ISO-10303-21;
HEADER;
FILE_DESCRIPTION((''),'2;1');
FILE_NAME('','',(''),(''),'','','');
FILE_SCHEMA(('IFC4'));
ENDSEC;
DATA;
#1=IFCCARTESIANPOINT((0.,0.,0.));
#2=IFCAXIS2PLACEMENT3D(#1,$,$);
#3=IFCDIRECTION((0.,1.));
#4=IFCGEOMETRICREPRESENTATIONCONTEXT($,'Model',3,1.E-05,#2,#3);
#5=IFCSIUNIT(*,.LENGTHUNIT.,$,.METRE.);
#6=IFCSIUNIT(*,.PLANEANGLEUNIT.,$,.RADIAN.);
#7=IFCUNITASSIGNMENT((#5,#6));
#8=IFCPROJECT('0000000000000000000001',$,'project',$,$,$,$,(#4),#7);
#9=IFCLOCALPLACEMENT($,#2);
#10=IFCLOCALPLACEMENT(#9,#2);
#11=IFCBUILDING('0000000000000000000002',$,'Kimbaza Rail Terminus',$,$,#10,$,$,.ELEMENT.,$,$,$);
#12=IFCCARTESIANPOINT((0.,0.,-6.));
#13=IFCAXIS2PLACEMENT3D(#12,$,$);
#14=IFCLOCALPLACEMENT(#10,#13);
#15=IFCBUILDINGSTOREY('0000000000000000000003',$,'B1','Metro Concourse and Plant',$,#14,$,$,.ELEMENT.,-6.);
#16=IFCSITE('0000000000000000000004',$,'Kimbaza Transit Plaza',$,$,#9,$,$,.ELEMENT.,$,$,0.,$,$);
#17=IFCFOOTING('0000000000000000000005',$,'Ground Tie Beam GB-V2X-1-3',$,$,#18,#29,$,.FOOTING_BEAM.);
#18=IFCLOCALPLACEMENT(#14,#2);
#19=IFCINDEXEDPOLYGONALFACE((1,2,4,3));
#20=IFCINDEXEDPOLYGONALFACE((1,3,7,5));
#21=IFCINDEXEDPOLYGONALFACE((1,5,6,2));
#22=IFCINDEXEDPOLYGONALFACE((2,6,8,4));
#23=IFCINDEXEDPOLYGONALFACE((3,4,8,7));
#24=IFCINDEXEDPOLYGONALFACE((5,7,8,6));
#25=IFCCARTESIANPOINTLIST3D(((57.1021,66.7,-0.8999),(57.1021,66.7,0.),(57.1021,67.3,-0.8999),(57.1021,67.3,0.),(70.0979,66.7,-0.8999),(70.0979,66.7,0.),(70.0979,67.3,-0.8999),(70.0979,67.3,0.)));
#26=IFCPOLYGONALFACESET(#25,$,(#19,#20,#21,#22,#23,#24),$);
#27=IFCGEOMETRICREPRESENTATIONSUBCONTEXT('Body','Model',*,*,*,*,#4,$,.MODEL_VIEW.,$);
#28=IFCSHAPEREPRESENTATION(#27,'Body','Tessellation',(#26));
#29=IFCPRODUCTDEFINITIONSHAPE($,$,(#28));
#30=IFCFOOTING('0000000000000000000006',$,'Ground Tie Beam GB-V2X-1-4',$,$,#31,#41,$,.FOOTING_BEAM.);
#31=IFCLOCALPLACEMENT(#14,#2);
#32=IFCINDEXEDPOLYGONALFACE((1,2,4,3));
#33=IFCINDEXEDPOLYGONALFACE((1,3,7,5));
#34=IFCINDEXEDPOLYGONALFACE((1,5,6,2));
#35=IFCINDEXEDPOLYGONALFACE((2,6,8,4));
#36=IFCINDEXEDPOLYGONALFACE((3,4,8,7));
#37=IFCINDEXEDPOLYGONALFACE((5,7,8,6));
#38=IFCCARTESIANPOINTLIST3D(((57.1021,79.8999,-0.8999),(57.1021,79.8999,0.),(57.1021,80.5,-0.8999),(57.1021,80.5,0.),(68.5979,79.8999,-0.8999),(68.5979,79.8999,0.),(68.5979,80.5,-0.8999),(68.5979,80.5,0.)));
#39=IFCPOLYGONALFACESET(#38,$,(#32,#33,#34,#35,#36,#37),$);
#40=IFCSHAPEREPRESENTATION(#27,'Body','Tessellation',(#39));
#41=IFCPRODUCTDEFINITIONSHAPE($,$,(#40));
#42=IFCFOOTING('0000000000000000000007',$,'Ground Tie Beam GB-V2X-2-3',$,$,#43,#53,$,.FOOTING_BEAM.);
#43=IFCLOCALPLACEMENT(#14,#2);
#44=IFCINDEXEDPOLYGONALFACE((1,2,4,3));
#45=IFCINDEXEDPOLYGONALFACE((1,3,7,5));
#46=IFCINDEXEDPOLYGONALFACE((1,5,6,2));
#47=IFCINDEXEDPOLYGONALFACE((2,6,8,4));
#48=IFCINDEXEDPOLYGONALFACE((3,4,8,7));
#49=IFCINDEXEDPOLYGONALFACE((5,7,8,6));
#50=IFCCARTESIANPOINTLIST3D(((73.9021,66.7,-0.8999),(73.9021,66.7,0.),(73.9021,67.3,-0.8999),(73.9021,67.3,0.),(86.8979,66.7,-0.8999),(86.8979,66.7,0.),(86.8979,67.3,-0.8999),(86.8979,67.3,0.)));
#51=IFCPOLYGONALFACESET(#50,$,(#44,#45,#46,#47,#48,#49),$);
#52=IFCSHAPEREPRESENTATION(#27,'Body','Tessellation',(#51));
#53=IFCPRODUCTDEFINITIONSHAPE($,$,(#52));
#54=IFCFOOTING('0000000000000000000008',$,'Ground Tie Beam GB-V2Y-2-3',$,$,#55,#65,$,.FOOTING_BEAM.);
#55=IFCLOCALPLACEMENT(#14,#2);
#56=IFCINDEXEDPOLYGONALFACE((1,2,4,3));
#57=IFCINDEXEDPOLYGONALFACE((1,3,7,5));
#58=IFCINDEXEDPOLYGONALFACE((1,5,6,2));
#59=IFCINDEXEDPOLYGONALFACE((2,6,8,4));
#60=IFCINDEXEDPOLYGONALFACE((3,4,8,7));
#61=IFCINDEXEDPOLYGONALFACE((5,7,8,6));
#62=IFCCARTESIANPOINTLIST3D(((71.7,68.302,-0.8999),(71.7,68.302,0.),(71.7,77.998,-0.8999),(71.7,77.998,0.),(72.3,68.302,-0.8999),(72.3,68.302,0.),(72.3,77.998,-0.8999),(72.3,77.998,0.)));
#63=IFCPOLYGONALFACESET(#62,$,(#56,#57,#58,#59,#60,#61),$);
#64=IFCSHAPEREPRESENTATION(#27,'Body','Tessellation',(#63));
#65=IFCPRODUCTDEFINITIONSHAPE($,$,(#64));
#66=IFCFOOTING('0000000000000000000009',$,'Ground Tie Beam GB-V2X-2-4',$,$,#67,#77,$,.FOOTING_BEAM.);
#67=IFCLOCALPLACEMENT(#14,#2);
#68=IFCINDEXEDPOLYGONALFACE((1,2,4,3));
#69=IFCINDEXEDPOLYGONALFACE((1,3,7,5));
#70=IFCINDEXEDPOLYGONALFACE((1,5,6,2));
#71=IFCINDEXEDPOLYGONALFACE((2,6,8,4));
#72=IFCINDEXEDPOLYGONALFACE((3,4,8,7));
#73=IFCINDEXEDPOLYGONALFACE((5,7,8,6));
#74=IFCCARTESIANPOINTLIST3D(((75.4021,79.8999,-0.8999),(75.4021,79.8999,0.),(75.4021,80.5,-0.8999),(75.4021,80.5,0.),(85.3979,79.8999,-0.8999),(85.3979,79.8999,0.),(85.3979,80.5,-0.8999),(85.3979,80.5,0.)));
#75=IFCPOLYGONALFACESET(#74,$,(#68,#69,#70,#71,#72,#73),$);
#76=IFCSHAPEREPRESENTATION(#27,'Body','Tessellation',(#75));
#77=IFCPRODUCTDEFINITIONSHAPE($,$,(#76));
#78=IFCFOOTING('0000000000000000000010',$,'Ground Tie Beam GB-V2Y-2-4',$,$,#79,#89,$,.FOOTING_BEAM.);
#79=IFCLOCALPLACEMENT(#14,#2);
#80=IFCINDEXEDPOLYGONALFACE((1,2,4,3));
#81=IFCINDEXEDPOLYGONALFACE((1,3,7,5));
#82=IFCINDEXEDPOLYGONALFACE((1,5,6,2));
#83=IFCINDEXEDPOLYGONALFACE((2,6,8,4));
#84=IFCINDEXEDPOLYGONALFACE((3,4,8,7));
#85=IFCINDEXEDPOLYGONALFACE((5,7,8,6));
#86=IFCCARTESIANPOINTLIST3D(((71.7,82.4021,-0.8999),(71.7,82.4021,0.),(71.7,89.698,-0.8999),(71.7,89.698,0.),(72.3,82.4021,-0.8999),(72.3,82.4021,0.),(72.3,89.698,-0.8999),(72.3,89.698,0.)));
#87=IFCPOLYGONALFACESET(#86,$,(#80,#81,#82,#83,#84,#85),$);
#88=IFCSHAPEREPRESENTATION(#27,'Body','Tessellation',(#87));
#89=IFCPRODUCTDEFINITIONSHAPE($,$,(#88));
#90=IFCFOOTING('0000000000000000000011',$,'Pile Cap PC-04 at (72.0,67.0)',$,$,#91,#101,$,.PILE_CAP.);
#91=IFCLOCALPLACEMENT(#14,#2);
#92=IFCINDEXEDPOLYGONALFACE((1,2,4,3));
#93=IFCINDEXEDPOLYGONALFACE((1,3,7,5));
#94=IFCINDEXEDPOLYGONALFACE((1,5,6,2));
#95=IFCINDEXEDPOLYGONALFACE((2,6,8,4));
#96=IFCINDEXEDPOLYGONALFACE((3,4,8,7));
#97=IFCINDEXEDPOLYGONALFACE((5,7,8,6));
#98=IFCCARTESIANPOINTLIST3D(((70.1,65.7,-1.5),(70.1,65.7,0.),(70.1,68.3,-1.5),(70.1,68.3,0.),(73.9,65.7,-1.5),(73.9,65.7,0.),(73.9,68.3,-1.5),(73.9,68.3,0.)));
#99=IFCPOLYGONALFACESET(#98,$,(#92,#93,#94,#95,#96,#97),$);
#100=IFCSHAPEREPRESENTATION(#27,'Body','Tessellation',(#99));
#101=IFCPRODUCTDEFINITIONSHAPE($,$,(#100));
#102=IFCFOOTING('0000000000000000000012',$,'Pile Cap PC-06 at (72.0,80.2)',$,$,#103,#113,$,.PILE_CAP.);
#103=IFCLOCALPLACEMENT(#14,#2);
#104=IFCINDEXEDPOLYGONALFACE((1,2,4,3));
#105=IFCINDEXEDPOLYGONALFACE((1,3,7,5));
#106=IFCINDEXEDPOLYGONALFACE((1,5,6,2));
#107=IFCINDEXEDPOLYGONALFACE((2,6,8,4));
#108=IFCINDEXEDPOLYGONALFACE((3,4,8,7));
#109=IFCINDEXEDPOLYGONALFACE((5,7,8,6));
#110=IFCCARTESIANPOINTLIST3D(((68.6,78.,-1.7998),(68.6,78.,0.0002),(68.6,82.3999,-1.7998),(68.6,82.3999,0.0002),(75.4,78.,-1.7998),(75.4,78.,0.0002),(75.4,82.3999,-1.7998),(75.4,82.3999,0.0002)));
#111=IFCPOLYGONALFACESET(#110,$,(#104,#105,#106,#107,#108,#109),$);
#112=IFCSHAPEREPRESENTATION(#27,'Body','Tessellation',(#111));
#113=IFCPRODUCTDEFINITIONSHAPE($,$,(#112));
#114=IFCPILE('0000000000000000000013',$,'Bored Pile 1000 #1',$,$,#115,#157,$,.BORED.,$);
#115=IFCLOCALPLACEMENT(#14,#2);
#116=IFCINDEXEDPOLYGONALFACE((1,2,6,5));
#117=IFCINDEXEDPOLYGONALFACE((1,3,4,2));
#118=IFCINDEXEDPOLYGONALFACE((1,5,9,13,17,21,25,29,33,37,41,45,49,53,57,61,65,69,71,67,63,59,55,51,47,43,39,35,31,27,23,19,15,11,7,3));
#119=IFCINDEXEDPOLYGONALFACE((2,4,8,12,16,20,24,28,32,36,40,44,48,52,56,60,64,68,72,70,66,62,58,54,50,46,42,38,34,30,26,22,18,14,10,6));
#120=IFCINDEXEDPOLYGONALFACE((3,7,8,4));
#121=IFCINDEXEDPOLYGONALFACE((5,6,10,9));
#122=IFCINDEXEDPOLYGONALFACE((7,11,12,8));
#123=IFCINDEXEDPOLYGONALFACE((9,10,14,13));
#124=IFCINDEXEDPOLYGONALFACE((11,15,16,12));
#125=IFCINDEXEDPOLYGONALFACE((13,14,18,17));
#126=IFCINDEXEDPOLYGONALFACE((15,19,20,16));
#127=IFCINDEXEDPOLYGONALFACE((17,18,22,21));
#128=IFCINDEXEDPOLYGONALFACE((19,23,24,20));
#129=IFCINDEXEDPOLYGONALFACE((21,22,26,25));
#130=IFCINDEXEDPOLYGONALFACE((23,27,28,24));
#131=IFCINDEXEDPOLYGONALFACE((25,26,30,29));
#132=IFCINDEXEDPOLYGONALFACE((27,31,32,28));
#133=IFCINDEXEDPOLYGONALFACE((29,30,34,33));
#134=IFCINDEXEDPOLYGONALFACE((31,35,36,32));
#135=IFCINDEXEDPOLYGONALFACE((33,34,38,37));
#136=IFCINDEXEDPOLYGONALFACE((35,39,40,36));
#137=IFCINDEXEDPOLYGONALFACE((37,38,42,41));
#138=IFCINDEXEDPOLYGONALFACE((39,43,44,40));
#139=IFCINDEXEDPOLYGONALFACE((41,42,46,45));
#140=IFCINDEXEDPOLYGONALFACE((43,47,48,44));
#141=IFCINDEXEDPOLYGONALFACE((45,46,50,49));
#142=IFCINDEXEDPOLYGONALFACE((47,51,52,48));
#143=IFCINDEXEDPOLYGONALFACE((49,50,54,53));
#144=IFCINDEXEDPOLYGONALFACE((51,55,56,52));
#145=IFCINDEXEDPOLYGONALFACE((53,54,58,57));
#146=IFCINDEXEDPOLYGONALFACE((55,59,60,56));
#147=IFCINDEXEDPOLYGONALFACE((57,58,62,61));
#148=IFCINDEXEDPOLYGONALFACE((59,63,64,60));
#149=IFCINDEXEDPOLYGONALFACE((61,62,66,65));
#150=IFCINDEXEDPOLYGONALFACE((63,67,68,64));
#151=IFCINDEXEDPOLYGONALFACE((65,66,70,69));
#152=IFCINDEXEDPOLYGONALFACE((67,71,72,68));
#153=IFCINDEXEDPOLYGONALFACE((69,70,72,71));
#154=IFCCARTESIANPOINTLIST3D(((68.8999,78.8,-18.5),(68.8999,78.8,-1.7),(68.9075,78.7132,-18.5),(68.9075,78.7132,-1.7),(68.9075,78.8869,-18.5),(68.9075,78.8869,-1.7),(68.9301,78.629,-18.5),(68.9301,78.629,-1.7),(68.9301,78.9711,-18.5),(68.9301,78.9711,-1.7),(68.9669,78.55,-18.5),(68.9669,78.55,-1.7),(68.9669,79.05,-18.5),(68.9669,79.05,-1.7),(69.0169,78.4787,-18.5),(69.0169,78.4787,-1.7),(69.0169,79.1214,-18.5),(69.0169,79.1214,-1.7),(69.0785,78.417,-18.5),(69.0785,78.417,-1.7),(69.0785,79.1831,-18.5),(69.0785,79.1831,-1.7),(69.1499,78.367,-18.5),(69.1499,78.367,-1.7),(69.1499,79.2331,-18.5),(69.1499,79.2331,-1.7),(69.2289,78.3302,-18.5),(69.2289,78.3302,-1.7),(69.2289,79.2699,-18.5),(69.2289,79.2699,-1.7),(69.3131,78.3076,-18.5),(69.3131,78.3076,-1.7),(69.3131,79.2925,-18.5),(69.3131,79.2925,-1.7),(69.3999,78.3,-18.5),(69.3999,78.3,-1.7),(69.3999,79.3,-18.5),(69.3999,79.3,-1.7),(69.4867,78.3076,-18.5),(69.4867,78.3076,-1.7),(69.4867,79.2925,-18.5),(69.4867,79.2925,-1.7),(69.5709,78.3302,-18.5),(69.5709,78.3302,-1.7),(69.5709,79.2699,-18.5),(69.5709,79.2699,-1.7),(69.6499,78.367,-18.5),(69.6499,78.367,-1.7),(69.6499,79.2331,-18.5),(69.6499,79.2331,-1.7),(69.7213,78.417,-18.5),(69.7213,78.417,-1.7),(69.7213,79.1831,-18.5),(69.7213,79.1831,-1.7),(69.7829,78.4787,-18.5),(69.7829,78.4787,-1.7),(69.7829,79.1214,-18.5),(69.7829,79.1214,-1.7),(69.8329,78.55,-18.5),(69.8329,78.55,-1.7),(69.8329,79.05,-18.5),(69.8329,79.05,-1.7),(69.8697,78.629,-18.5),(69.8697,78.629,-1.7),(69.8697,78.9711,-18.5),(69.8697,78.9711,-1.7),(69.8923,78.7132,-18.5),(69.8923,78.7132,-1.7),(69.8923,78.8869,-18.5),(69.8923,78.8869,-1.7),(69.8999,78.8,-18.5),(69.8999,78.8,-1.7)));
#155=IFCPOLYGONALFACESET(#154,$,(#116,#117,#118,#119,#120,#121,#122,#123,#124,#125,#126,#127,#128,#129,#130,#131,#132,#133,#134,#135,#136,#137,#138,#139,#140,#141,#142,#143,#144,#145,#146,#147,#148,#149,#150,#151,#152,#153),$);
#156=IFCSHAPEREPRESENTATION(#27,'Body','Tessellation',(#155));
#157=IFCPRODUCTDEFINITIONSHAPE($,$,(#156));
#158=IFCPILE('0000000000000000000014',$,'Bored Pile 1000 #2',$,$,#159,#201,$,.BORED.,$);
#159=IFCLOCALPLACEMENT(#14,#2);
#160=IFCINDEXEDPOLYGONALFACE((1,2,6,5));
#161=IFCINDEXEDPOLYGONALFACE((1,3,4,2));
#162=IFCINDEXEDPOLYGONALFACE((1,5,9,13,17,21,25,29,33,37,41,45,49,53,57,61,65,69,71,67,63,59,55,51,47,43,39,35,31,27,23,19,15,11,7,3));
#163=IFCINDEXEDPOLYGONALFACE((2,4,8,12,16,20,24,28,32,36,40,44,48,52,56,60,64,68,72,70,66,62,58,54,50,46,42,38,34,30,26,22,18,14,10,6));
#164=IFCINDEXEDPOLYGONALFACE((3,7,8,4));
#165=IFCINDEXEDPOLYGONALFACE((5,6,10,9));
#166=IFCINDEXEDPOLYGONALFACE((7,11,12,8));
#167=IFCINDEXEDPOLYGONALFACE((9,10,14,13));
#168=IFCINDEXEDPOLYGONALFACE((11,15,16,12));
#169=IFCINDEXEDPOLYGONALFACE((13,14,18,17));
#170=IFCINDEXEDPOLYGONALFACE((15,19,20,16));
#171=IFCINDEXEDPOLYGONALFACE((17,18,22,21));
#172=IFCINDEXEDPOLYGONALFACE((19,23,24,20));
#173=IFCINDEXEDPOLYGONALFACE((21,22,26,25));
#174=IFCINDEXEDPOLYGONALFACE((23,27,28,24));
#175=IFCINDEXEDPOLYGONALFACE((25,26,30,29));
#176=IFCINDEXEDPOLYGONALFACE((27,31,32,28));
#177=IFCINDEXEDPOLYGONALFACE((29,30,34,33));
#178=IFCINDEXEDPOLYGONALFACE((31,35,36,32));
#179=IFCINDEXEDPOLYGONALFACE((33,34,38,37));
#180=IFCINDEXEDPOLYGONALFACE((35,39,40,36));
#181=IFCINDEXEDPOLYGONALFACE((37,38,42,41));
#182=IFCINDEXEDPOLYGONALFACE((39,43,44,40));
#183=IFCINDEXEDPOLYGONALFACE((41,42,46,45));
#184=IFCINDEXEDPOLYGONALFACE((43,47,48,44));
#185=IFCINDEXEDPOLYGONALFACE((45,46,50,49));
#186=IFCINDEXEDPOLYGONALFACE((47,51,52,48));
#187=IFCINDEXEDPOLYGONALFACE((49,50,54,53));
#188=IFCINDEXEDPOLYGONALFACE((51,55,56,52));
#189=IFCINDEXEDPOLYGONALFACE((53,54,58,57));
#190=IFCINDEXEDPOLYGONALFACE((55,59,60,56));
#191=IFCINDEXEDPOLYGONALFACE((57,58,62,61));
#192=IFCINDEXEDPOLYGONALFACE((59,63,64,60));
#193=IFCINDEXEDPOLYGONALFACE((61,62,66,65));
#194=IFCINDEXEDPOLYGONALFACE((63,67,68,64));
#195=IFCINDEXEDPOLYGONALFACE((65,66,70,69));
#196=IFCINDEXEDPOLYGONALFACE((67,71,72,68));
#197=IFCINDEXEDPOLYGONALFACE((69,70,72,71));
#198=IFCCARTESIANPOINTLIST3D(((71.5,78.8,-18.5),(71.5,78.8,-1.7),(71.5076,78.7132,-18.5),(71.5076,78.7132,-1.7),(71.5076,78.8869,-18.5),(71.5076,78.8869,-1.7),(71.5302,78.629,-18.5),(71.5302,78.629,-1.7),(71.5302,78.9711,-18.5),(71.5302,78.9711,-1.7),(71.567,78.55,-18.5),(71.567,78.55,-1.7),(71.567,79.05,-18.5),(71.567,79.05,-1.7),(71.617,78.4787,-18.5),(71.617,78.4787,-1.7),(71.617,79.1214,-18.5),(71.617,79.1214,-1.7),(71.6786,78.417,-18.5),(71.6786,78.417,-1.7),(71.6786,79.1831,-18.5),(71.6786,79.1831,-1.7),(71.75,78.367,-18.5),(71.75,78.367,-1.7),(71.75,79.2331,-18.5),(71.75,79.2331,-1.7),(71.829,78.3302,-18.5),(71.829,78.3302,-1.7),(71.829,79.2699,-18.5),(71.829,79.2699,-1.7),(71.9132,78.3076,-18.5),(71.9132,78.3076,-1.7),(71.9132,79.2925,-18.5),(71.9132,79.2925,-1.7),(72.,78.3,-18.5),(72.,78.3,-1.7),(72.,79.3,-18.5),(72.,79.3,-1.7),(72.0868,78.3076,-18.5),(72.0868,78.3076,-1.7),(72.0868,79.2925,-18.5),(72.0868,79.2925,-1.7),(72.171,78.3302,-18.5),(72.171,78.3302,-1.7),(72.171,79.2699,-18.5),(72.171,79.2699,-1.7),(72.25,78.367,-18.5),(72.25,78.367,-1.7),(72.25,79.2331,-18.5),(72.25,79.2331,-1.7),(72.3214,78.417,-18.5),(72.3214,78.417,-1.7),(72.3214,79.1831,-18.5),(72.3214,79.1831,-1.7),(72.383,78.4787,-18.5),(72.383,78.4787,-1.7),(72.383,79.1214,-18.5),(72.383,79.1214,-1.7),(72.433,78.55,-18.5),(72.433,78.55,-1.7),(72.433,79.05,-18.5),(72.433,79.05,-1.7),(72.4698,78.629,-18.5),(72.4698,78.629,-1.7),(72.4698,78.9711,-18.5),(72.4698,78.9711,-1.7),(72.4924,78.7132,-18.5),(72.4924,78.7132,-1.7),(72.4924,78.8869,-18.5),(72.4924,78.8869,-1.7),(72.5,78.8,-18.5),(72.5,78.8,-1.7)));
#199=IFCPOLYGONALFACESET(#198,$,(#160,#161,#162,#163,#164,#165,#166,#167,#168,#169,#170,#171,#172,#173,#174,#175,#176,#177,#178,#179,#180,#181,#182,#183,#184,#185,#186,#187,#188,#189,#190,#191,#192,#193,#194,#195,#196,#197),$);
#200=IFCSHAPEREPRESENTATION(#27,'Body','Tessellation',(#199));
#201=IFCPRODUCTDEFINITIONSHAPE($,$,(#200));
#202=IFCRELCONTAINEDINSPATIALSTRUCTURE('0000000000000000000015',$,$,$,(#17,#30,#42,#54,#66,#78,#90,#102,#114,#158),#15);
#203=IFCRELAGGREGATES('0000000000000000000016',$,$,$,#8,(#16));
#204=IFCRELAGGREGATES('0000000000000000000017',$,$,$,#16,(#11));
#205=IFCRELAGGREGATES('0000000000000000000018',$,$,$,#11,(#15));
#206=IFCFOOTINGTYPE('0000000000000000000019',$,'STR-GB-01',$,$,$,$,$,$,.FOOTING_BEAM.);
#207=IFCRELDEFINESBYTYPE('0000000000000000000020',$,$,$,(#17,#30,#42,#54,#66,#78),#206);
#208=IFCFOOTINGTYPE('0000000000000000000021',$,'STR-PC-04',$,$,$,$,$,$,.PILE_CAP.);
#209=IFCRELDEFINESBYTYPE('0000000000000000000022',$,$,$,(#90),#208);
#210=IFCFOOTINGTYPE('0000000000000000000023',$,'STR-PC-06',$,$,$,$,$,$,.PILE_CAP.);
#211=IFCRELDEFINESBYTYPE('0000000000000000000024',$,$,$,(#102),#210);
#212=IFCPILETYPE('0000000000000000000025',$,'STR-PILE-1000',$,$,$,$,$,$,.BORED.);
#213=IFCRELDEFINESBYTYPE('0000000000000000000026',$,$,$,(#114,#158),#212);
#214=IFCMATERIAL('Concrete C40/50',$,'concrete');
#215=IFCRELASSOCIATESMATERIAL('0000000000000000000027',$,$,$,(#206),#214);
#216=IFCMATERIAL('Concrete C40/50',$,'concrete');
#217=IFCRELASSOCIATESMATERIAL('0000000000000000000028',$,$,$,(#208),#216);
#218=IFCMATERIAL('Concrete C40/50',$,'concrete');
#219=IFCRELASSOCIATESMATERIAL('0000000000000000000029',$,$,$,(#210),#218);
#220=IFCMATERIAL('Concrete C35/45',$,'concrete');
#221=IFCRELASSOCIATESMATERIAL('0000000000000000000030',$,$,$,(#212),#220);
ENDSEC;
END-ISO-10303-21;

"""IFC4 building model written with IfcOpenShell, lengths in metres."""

from ifc_helpers import new_model, si_unit, direction, frame, origin, origin_2d, place, context, subcontext, project, spatial, rectangle, circle, extrude, material, material_profile, profile_set, type_object, element, save


model = new_model("IFC4")

# Units and contexts
model_context = context("Model", 3, precision=1e-05, world=origin(), true_north=direction((0.0, 1.0)))
body_context = subcontext(model_context, "Body", "Model", "MODEL_VIEW")
ifc_project = project(units=[si_unit("LENGTHUNIT", "METRE"), si_unit("PLANEANGLEUNIT", "RADIAN")], contexts=[model_context])

# Site, building, storey
site_placement = place(None, origin())
site = spatial("IfcSite", under=ifc_project, at=site_placement, Name="Kimbaza Transit Plaza", CompositionType="ELEMENT", RefElevation=0.0)
building_placement = place(site_placement, origin())
building = spatial("IfcBuilding", under=site, at=building_placement, Name="Kimbaza Rail Terminus", CompositionType="ELEMENT")
storey_placement = place(building_placement, frame((0.0, 0.0, -6.0)))
storey = spatial("IfcBuildingStorey", under=building, at=storey_placement, Name="B1", Description="Metro Concourse and Plant", CompositionType="ELEMENT", Elevation=-6.0)

# Footings
ifc_material_1 = material(Name="Concrete C40/50", Category="concrete")
ifc_material_profile_1 = material_profile(ifc_material_1, rectangle(XDim=0.6001, YDim=0.8999, at=origin_2d()), Name="GB-01 600x900")
ifc_profile_set_1 = profile_set([ifc_material_profile_1], Name="Concrete C40/50")
footing_type_1 = type_object("IfcFootingType", Name="STR-GB-01", PredefinedType="FOOTING_BEAM", material=ifc_profile_set_1)
footing_1_placement = place(storey_placement, frame((57.1021, 67.0, -0.45), z_axis=(1.0, 0.0, 0.0), x_axis=(0.0, 1.0, 0.0)))
element("IfcFooting", 1, at=footing_1_placement, inside=storey, type_object=footing_type_1, Name="Ground Tie Beam GB-V2X-1-3", PredefinedType="FOOTING_BEAM", context=body_context, shape_type="SweptSolid", body=[
    extrude(rectangle(XDim=0.6001, YDim=0.8999, at=origin_2d()), origin(), (0.0, 0.0, 1.0), 12.9958),
])
footing_2_placement = place(storey_placement, frame((57.1021, 80.2, -0.45), z_axis=(1.0, 0.0, 0.0), x_axis=(0.0, 1.0, 0.0)))
element("IfcFooting", 2, at=footing_2_placement, inside=storey, type_object=footing_type_1, Name="Ground Tie Beam GB-V2X-1-4", PredefinedType="FOOTING_BEAM", context=body_context, shape_type="SweptSolid", body=[
    extrude(rectangle(XDim=0.6001, YDim=0.8999, at=origin_2d()), origin(), (0.0, 0.0, 1.0), 11.4958),
])
footing_3_placement = place(storey_placement, frame((73.9021, 67.0, -0.45), z_axis=(1.0, 0.0, 0.0), x_axis=(0.0, 1.0, 0.0)))
element("IfcFooting", 3, at=footing_3_placement, inside=storey, type_object=footing_type_1, Name="Ground Tie Beam GB-V2X-2-3", PredefinedType="FOOTING_BEAM", context=body_context, shape_type="SweptSolid", body=[
    extrude(rectangle(XDim=0.6001, YDim=0.8999, at=origin_2d()), origin(), (0.0, 0.0, 1.0), 12.9958),
])
footing_4_placement = place(storey_placement, frame((72.0, 68.302, -0.45), z_axis=(0.0, 1.0, 0.0), x_axis=(-1.0, 0.0, 0.0)))
element("IfcFooting", 4, at=footing_4_placement, inside=storey, type_object=footing_type_1, Name="Ground Tie Beam GB-V2Y-2-3", PredefinedType="FOOTING_BEAM", context=body_context, shape_type="SweptSolid", body=[
    extrude(rectangle(XDim=0.6001, YDim=0.8999, at=origin_2d()), origin(), (0.0, 0.0, 1.0), 9.696),
])
footing_5_placement = place(storey_placement, frame((75.4021, 80.2, -0.45), z_axis=(1.0, 0.0, 0.0), x_axis=(0.0, 1.0, 0.0)))
element("IfcFooting", 5, at=footing_5_placement, inside=storey, type_object=footing_type_1, Name="Ground Tie Beam GB-V2X-2-4", PredefinedType="FOOTING_BEAM", context=body_context, shape_type="SweptSolid", body=[
    extrude(rectangle(XDim=0.6001, YDim=0.8999, at=origin_2d()), origin(), (0.0, 0.0, 1.0), 9.9958),
])
footing_6_placement = place(storey_placement, frame((72.0, 82.4021, -0.45), z_axis=(0.0, 1.0, 0.0), x_axis=(-1.0, 0.0, 0.0)))
element("IfcFooting", 6, at=footing_6_placement, inside=storey, type_object=footing_type_1, Name="Ground Tie Beam GB-V2Y-2-4", PredefinedType="FOOTING_BEAM", context=body_context, shape_type="SweptSolid", body=[
    extrude(rectangle(XDim=0.6001, YDim=0.8999, at=origin_2d()), origin(), (0.0, 0.0, 1.0), 7.2959),
])
ifc_material_2 = material(Name="Concrete C40/50", Category="concrete")
footing_type_2 = type_object("IfcFootingType", Name="STR-PC-04", PredefinedType="PILE_CAP", material=ifc_material_2)
footing_7_placement = place(storey_placement, frame((72.0, 67.0, -1.5), z_axis=(0.0, 0.0, 1.0), x_axis=(1.0, 0.0, 0.0)))
element("IfcFooting", 7, at=footing_7_placement, inside=storey, type_object=footing_type_2, Name="Pile Cap PC-04 at (72.0,67.0)", PredefinedType="PILE_CAP", context=body_context, shape_type="SweptSolid", body=[
    extrude(rectangle(XDim=3.8, YDim=2.6001, at=origin_2d()), origin(), (0.0, 0.0, 1.0), 1.5),
])
ifc_material_3 = material(Name="Concrete C40/50", Category="concrete")
footing_type_3 = type_object("IfcFootingType", Name="STR-PC-06", PredefinedType="PILE_CAP", material=ifc_material_3)
footing_8_placement = place(storey_placement, frame((72.0, 80.2, -1.7998), z_axis=(0.0, 0.0, 1.0), x_axis=(1.0, 0.0, 0.0)))
element("IfcFooting", 8, at=footing_8_placement, inside=storey, type_object=footing_type_3, Name="Pile Cap PC-06 at (72.0,80.2)", PredefinedType="PILE_CAP", context=body_context, shape_type="SweptSolid", body=[
    extrude(rectangle(XDim=6.8, YDim=4.3999, at=origin_2d()), origin(), (0.0, 0.0, 1.0), 1.8),
])

# Piles
ifc_material_4 = material(Name="Concrete C35/45", Category="concrete")
ifc_material_profile_2 = material_profile(ifc_material_4, circle(Radius=0.5, at=origin_2d()), Name="BORED PILE 1000")
ifc_profile_set_2 = profile_set([ifc_material_profile_2], Name="Concrete C35/45")
pile_type_1 = type_object("IfcPileType", Name="STR-PILE-1000", PredefinedType="BORED", material=ifc_profile_set_2)
for number, where, z_axis, x_axis, name in (
    (9, (69.3999, 78.8, -1.7), (0.0, 0.0, -1.0), (1.0, 0.0, 0.0), "Bored Pile 1000 #1"),
    (10, (72.0, 78.8, -1.7), (0.0, 0.0, -1.0), (1.0, 0.0, 0.0), "Bored Pile 1000 #2"),
):
    element("IfcPile", number, at=place(storey_placement, frame(where, z_axis=z_axis, x_axis=x_axis)), inside=storey, type_object=pile_type_1, Name=name, PredefinedType="BORED", context=body_context, shape_type="SweptSolid", body=[
        extrude(circle(Radius=0.5, at=origin_2d()), origin(), (0.0, 0.0, 1.0), 16.8),
    ])

save(model, "model.ifc")
